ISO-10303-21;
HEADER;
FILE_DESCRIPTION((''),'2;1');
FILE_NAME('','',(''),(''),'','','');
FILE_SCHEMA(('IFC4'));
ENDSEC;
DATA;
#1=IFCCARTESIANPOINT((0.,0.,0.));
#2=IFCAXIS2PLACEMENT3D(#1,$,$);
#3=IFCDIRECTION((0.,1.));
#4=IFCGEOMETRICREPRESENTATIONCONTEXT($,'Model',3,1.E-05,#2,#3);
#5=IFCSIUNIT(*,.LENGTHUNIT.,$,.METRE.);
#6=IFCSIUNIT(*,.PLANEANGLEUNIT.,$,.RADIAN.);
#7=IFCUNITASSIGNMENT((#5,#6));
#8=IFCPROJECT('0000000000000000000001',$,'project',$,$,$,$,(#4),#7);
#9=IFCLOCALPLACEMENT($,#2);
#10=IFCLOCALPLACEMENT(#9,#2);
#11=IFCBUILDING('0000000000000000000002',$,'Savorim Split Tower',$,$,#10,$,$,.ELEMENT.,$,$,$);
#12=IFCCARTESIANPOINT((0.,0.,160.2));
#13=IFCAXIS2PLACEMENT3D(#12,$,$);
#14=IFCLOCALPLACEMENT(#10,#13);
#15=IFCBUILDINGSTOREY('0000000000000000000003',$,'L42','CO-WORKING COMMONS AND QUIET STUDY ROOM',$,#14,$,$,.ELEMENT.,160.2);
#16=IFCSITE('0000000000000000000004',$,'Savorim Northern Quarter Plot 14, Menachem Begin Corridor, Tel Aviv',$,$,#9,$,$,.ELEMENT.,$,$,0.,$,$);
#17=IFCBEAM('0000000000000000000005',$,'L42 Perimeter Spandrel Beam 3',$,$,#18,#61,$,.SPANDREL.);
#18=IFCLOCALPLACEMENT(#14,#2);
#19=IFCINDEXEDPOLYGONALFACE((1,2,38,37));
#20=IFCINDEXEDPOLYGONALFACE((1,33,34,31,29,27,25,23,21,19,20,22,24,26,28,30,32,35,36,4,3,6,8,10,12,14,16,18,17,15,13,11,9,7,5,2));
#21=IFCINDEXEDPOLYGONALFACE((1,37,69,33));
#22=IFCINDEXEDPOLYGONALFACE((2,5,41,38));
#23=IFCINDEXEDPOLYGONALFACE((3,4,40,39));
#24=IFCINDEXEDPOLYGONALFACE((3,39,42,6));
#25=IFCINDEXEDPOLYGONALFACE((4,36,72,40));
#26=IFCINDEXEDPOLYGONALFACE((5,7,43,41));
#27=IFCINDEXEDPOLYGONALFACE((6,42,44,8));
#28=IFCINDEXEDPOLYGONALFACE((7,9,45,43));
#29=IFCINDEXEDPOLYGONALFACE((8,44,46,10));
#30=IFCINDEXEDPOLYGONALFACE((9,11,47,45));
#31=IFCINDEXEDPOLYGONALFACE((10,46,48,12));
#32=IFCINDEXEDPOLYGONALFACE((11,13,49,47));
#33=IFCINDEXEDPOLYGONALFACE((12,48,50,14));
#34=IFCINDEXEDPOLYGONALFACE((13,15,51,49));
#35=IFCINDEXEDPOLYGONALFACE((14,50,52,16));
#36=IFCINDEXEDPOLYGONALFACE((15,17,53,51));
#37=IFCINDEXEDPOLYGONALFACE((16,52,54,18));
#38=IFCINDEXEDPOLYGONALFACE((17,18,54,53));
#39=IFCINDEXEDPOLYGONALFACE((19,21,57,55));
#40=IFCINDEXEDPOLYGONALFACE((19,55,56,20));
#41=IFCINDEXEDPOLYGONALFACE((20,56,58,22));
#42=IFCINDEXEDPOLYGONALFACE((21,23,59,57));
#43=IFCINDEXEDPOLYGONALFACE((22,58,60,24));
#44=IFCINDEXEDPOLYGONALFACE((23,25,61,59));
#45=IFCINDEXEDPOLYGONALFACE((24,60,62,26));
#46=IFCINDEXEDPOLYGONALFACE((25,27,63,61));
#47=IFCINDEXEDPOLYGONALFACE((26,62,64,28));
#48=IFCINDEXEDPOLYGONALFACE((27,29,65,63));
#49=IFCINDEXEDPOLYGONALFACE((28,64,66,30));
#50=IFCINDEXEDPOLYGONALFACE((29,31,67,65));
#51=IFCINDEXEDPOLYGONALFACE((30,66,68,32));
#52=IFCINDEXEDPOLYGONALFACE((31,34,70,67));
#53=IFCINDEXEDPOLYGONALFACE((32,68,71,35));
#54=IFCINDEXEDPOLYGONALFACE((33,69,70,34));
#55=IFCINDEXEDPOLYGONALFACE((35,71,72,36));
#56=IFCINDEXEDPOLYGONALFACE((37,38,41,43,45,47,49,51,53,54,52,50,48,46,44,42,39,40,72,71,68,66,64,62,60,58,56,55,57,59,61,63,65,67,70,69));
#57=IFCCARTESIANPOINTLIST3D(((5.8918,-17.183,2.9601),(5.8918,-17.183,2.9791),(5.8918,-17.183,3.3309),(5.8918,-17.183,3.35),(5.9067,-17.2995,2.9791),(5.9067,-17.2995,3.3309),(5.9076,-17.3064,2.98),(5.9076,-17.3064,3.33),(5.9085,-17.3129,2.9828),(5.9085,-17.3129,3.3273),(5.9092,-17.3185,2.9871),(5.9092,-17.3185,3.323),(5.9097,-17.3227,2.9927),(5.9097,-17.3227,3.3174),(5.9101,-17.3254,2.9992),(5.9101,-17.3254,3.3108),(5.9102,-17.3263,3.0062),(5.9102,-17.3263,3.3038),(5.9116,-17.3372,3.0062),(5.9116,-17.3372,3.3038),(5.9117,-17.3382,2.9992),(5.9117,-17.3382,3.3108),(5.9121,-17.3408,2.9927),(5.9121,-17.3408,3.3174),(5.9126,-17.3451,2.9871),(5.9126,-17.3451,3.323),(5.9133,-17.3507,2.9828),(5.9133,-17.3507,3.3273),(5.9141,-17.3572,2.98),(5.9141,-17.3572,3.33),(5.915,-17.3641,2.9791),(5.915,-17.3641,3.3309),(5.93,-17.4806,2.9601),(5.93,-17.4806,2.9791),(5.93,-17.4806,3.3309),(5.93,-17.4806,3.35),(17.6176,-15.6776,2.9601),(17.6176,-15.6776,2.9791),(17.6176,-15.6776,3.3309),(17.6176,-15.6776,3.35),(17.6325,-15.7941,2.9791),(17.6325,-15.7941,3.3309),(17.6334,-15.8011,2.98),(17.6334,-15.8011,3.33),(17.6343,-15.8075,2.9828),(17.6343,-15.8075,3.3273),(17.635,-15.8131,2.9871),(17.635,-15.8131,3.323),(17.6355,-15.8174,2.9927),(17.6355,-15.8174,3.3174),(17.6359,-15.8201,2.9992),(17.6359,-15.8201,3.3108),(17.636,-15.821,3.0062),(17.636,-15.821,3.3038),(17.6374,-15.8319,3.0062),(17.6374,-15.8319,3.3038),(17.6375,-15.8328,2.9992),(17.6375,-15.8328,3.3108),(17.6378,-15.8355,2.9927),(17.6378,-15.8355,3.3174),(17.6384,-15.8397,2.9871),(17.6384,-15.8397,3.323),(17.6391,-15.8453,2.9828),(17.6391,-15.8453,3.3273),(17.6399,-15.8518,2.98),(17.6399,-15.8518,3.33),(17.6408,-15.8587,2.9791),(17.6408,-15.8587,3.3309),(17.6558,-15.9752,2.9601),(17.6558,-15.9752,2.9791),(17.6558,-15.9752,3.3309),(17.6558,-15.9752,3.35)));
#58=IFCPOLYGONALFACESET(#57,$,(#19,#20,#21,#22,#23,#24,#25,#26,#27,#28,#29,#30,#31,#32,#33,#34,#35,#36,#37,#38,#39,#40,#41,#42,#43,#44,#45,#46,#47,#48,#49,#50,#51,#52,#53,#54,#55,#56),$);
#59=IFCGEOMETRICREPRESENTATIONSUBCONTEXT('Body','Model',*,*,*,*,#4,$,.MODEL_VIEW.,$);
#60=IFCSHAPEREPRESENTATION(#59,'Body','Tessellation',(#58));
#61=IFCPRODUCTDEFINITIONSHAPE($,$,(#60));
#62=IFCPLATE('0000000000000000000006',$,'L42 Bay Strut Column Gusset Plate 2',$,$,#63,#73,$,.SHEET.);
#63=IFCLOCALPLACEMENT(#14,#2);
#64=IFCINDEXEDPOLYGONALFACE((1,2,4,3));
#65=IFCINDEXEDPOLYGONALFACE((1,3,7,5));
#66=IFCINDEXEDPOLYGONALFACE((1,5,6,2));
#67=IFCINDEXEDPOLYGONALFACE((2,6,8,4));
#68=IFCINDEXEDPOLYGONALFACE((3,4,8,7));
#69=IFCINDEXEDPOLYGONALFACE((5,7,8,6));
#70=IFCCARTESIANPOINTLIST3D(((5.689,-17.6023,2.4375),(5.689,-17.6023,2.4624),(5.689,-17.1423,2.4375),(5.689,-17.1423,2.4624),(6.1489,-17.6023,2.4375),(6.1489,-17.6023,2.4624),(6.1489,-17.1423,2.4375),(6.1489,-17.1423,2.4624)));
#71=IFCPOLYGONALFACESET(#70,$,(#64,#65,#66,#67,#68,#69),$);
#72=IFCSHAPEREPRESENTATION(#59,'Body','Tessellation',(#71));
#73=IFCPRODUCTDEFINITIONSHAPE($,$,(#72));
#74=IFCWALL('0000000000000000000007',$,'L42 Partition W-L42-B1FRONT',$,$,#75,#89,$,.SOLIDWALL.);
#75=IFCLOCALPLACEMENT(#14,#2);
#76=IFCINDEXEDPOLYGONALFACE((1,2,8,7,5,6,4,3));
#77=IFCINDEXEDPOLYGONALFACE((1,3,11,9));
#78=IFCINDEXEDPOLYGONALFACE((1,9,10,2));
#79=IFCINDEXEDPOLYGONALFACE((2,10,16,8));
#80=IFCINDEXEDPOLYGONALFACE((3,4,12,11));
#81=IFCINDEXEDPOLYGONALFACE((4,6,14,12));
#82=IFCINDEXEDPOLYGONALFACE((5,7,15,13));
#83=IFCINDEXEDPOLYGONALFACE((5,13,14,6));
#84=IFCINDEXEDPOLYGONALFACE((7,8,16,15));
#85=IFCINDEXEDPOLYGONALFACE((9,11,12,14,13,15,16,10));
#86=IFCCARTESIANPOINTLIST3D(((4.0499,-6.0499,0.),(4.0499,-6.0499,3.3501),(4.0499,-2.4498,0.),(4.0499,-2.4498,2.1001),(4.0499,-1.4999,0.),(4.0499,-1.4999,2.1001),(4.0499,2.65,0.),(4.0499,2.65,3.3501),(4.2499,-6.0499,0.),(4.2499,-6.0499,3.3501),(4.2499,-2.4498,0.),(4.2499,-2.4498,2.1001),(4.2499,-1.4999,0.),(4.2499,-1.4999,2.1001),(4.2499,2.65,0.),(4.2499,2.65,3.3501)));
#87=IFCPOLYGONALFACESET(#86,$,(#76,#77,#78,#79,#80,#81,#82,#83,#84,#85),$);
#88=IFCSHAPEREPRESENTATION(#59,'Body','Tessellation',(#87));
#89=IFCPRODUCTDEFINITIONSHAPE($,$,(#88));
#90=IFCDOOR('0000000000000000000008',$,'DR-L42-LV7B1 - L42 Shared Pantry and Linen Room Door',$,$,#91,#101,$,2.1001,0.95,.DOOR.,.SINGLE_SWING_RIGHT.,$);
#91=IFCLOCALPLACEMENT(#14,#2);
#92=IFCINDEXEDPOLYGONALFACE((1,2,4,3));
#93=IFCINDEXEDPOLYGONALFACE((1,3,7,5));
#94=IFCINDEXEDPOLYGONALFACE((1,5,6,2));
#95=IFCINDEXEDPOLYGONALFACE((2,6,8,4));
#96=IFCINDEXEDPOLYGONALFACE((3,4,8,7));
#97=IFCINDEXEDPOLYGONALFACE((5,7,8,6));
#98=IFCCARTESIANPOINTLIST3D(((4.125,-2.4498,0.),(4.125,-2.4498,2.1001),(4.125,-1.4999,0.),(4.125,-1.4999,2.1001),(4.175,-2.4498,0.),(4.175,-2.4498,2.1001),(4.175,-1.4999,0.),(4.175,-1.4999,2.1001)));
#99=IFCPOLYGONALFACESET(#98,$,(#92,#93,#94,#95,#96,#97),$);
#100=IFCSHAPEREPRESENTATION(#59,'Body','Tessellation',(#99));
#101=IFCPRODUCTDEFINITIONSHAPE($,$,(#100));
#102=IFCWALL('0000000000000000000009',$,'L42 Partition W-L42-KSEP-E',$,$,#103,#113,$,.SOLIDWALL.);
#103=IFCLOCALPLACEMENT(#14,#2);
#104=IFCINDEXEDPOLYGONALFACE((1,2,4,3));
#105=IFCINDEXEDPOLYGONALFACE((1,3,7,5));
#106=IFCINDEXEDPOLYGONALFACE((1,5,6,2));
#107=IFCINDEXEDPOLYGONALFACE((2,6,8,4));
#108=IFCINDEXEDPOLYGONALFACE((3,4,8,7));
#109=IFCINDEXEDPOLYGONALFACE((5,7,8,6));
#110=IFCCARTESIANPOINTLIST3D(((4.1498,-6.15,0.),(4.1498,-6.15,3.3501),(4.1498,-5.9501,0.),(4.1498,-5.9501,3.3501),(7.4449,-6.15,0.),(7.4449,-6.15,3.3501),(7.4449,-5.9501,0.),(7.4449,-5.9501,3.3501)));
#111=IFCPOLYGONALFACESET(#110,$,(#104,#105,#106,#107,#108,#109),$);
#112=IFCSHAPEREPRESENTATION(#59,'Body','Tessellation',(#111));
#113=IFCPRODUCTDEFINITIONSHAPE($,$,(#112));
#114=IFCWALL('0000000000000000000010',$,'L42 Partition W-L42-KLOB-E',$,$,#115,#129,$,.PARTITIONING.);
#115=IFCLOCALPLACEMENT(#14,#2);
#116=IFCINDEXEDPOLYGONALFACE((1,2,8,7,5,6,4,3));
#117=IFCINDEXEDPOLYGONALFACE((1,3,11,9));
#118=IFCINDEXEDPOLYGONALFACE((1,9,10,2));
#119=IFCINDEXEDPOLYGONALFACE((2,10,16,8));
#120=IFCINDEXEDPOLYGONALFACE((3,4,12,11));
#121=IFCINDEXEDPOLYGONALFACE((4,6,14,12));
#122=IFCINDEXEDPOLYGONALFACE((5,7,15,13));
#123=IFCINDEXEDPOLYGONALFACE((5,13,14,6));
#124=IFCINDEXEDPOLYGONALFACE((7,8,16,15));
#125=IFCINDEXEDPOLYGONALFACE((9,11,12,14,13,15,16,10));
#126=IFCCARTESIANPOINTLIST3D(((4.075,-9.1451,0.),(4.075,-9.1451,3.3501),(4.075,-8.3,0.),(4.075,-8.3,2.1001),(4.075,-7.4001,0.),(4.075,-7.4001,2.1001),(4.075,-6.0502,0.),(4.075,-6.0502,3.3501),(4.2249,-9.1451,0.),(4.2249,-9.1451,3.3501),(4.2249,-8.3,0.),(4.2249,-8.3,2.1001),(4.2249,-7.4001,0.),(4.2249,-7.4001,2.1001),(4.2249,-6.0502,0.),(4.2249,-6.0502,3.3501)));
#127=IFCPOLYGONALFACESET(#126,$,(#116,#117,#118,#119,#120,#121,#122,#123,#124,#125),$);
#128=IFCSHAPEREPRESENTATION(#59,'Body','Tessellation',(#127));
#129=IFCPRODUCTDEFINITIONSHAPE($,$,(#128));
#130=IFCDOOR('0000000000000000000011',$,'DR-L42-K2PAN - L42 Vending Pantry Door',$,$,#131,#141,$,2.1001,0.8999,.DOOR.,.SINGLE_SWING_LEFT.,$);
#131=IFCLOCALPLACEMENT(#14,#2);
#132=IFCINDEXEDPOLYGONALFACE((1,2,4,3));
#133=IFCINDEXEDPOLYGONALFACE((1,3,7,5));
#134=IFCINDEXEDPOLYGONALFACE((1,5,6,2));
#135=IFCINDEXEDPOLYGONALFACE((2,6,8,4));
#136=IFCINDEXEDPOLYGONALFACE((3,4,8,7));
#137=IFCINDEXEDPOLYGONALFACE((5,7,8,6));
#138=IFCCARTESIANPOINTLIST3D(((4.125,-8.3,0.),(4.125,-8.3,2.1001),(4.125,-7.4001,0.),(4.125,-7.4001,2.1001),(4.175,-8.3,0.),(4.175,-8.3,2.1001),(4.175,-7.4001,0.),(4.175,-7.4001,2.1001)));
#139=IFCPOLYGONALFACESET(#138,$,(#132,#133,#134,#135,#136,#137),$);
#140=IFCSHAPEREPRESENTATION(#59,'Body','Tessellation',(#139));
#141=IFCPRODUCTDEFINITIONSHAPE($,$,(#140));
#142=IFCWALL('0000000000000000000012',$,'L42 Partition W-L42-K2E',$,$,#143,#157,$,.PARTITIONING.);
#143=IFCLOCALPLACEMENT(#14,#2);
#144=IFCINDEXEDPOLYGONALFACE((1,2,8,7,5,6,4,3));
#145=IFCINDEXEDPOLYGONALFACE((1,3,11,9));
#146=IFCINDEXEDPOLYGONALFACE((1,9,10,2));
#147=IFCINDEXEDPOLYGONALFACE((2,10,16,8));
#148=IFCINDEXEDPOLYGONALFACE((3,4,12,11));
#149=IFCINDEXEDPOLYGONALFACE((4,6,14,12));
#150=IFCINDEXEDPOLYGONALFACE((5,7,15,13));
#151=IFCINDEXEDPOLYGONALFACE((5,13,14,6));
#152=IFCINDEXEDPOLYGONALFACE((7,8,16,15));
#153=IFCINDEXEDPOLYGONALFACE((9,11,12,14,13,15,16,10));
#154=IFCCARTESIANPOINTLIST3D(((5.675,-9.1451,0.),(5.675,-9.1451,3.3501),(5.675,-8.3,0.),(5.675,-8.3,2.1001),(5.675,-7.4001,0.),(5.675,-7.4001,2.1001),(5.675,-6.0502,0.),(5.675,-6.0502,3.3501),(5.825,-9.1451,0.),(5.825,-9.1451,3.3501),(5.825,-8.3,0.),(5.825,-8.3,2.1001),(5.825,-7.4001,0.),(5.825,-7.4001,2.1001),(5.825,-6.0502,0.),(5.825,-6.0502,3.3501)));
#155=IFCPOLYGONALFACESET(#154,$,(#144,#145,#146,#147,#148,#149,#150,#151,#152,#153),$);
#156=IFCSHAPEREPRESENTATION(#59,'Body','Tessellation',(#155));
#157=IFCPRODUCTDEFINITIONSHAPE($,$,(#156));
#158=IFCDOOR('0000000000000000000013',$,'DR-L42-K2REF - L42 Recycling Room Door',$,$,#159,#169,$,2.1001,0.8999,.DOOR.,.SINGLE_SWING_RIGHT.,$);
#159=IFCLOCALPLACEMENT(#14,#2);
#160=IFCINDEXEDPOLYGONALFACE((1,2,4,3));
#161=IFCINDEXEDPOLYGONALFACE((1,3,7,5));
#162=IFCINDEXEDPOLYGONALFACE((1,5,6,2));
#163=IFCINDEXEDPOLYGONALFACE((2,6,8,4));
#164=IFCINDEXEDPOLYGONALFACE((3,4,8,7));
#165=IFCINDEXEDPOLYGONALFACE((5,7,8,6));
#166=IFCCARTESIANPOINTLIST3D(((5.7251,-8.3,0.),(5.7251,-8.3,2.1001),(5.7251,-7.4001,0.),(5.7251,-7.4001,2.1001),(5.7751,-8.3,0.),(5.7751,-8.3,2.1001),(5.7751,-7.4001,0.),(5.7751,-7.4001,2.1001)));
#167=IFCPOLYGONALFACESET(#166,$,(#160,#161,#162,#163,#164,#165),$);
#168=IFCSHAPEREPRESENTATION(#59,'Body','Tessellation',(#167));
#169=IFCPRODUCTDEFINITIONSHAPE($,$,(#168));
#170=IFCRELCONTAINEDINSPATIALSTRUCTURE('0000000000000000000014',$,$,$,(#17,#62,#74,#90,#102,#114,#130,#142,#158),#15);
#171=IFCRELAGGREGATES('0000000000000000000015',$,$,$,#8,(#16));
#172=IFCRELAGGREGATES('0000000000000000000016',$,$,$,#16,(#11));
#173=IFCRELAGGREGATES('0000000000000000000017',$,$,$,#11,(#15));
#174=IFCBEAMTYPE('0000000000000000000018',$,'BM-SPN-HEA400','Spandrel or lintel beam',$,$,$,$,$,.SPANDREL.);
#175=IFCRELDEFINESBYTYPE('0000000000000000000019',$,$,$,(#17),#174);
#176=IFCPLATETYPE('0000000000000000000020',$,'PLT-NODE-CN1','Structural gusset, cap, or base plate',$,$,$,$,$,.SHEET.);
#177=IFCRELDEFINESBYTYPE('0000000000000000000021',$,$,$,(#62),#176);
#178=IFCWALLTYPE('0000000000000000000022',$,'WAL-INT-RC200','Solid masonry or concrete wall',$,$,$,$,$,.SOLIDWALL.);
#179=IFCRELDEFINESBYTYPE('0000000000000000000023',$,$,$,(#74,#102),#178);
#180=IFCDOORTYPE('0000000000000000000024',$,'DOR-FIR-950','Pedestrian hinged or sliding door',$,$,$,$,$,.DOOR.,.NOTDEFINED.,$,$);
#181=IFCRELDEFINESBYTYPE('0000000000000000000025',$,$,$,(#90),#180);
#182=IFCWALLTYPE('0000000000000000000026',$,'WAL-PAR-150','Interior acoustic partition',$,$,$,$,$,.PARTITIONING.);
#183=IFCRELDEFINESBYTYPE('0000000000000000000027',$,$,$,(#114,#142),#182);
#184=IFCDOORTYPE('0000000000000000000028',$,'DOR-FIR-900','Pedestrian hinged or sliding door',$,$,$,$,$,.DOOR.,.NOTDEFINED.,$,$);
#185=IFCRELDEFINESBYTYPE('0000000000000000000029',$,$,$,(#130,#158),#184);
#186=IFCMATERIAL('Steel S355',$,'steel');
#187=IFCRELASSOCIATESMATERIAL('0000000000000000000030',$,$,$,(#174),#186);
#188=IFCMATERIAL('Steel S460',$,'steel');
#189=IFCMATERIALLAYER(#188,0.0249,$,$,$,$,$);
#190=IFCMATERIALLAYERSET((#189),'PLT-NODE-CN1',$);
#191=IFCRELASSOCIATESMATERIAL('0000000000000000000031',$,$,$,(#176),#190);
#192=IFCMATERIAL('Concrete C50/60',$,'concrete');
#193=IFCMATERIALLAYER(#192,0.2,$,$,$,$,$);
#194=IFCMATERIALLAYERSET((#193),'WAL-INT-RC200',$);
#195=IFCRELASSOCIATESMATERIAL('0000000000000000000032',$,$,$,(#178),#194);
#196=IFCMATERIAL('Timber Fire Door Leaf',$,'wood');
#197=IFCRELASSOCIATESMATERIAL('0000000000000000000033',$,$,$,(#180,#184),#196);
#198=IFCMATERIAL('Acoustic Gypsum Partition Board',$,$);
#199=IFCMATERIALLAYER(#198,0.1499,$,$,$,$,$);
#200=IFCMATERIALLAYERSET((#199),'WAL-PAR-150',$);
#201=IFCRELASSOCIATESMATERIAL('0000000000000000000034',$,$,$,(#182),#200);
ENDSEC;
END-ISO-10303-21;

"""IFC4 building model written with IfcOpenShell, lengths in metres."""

from ifc_helpers import new_model, si_unit, direction, frame, frame_2d, origin, origin_2d, place, context, subcontext, project, spatial, rectangle, i_section, extrude, material, layer, layer_set, material_profile, profile_set, type_object, element, fill, save


model = new_model("IFC4")

# Units and contexts
model_context = context("Model", 3, precision=1e-05, world=origin(), true_north=direction((0.0, 1.0)))
body_context = subcontext(model_context, "Body", "Model", "MODEL_VIEW")
ifc_project = project(units=[si_unit("LENGTHUNIT", "METRE"), si_unit("PLANEANGLEUNIT", "RADIAN")], contexts=[model_context])

# Site, building, storey
site_placement = place(None, origin())
site = spatial("IfcSite", under=ifc_project, at=site_placement, Name="Savorim Northern Quarter Plot 14, Menachem Begin Corridor, Tel Aviv", CompositionType="ELEMENT", RefElevation=0.0)
building_placement = place(site_placement, origin())
building = spatial("IfcBuilding", under=site, at=building_placement, Name="Savorim Split Tower", CompositionType="ELEMENT")
storey_placement = place(building_placement, frame((0.0, 0.0, 160.2)))
storey = spatial("IfcBuildingStorey", under=building, at=storey_placement, Name="L42", Description="CO-WORKING COMMONS AND QUIET STUDY ROOM", CompositionType="ELEMENT", Elevation=160.2)

# Shared definitions
ifc_material_1 = material(Name="Steel S460", Category="steel")

# Beam
ifc_material_2 = material(Name="Steel S355", Category="steel")
ifc_material_profile_1 = material_profile(ifc_material_2, i_section(OverallWidth=0.3, OverallDepth=0.3899, WebThickness=0.011, FlangeThickness=0.019, FilletRadius=0.0271, at=origin_2d()), Name="HEA 400")
ifc_profile_set_1 = profile_set([ifc_material_profile_1], Name="Steel S355")
beam_type_1 = type_object("IfcBeamType", Name="BM-SPN-HEA400", Description="Spandrel or lintel beam", PredefinedType="SPANDREL", material=ifc_profile_set_1)
beam_1_placement = place(storey_placement, frame((5.9109, -17.3318, 3.155), z_axis=(0.99186, 0.127336, 0.0), x_axis=(-0.127336, 0.99186, 0.0)))
element("IfcBeam", 1, at=beam_1_placement, inside=storey, type_object=beam_type_1, Name="L42 Perimeter Spandrel Beam 3", PredefinedType="SPANDREL", context=body_context, shape_type="SweptSolid", body=[
    extrude(i_section(OverallWidth=0.3, OverallDepth=0.3899, WebThickness=0.011, FlangeThickness=0.019, FilletRadius=0.0271, at=origin_2d()), origin(), (0.0, 0.0, 1.0), 11.822),
])

# Plate
ifc_layer_1 = layer(ifc_material_1, 0.0249)
ifc_layer_set_1 = layer_set([ifc_layer_1], Name="PLT-NODE-CN1")
plate_type = type_object("IfcPlateType", Name="PLT-NODE-CN1", Description="Structural gusset, cap, or base plate", PredefinedType="SHEET", material=ifc_layer_set_1)
plate_placement = place(storey_placement, frame((5.9189, -17.3723, 2.4375), z_axis=(0.0, 0.0, 1.0), x_axis=(1.0, 0.0, 0.0)))
element("IfcPlate", 2, at=plate_placement, inside=storey, type_object=plate_type, Name="L42 Bay Strut Column Gusset Plate 2", PredefinedType="SHEET", context=body_context, shape_type="SweptSolid", body=[
    extrude(rectangle(XDim=0.46, YDim=0.46, at=origin_2d()), origin(), (0.0, 0.0, 1.0), 0.0249),
])

# Wall, opening, door
ifc_material_3 = material(Name="Concrete C50/60", Category="concrete")
ifc_layer_2 = layer(ifc_material_3, 0.2)
ifc_layer_set_2 = layer_set([ifc_layer_2], Name="WAL-INT-RC200")
wall_type_1 = type_object("IfcWallType", Name="WAL-INT-RC200", Description="Solid masonry or concrete wall", PredefinedType="SOLIDWALL", material=ifc_layer_set_2)
wall_1_placement = place(storey_placement, frame((4.1499, -6.05, 0.0), z_axis=(0.0, 0.0, 1.0), x_axis=(0.0, 1.0, 0.0)))
wall_1 = element("IfcWall", 3, at=wall_1_placement, inside=storey, type_object=wall_type_1, Name="L42 Partition W-L42-B1FRONT", PredefinedType="SOLIDWALL", context=body_context, shape_type="SweptSolid", body=[
    extrude(rectangle(XDim=8.7, YDim=0.2, at=frame_2d((4.3501, 0.0))), origin(), (0.0, 0.0, 1.0), 3.3501),
])
opening_1_placement = place(wall_1_placement, frame((3.6001, 0.0, 0.0)))
opening_1 = element("IfcOpeningElement", 4, at=opening_1_placement, cuts=wall_1, PredefinedType="OPENING", context=body_context, shape_type="SweptSolid", body=[
    extrude(rectangle(XDim=0.95, YDim=2.1001, at=frame_2d((0.4751, 1.05))), frame((0.0, 0.1099, 0.0), z_axis=(0.0, -1.0, 0.0), x_axis=(1.0, 0.0, 0.0)), (0.0, 0.0, 1.0), 0.22),
])
ifc_material_4 = material(Name="Timber Fire Door Leaf", Category="wood")
door_type_1 = type_object("IfcDoorType", Name="DOR-FIR-950", Description="Pedestrian hinged or sliding door", OperationType="NOTDEFINED", PredefinedType="DOOR", material=ifc_material_4)
door_1_placement = place(opening_1_placement, origin())
door_1 = element("IfcDoor", 5, at=door_1_placement, inside=storey, type_object=door_type_1, Name="DR-L42-LV7B1 - L42 Shared Pantry and Linen Room Door", OperationType="SINGLE_SWING_RIGHT", OverallHeight=2.1001, OverallWidth=0.95, PredefinedType="DOOR", context=body_context, shape_type="SweptSolid", body=[
    extrude(rectangle(XDim=0.95, YDim=2.1001, at=frame_2d((0.4751, 1.05))), frame((0.0, 0.0249, 0.0), z_axis=(0.0, -1.0, 0.0), x_axis=(1.0, 0.0, 0.0)), (0.0, 0.0, 1.0), 0.05),
])
fill(opening_1, door_1)

# Wall
wall_2_placement = place(storey_placement, frame((4.1499, -6.05, 0.0), z_axis=(0.0, 0.0, 1.0), x_axis=(1.0, 0.0, 0.0)))
element("IfcWall", 6, at=wall_2_placement, inside=storey, type_object=wall_type_1, Name="L42 Partition W-L42-KSEP-E", PredefinedType="SOLIDWALL", context=body_context, shape_type="SweptSolid", body=[
    extrude(rectangle(XDim=3.2952, YDim=0.2, at=frame_2d((1.6475, 0.0))), origin(), (0.0, 0.0, 1.0), 3.3501),
])

# Walls, openings, doors
ifc_material_5 = material(Name="Acoustic Gypsum Partition Board")
ifc_layer_3 = layer(ifc_material_5, 0.1499)
ifc_layer_set_3 = layer_set([ifc_layer_3], Name="WAL-PAR-150")
wall_type_2 = type_object("IfcWallType", Name="WAL-PAR-150", Description="Interior acoustic partition", PredefinedType="PARTITIONING", material=ifc_layer_set_3)
wall_3_placement = place(storey_placement, frame((4.1499, -9.145, 0.0), z_axis=(0.0, 0.0, 1.0), x_axis=(0.0, 1.0, 0.0)))
wall_3 = element("IfcWall", 7, at=wall_3_placement, inside=storey, type_object=wall_type_2, Name="L42 Partition W-L42-KLOB-E", PredefinedType="PARTITIONING", context=body_context, shape_type="SweptSolid", body=[
    extrude(rectangle(XDim=3.095, YDim=0.1499, at=frame_2d((1.5474, 0.0))), origin(), (0.0, 0.0, 1.0), 3.3501),
])
opening_2_placement = place(wall_3_placement, frame((0.845, 0.0, 0.0)))
opening_2 = element("IfcOpeningElement", 8, at=opening_2_placement, cuts=wall_3, PredefinedType="OPENING", context=body_context, shape_type="SweptSolid", body=[
    extrude(rectangle(XDim=0.8999, YDim=2.1001, at=frame_2d((0.45, 1.05))), frame((0.0, 0.085, 0.0), z_axis=(0.0, -1.0, 0.0), x_axis=(1.0, 0.0, 0.0)), (0.0, 0.0, 1.0), 0.1699),
])
door_type_2 = type_object("IfcDoorType", Name="DOR-FIR-900", Description="Pedestrian hinged or sliding door", OperationType="NOTDEFINED", PredefinedType="DOOR", material=ifc_material_4)
door_2_placement = place(opening_2_placement, origin())
door_2 = element("IfcDoor", 9, at=door_2_placement, inside=storey, type_object=door_type_2, Name="DR-L42-K2PAN - L42 Vending Pantry Door", OperationType="SINGLE_SWING_LEFT", OverallHeight=2.1001, OverallWidth=0.8999, PredefinedType="DOOR", context=body_context, shape_type="SweptSolid", body=[
    extrude(rectangle(XDim=0.8999, YDim=2.1001, at=frame_2d((0.45, 1.05))), frame((0.0, 0.0249, 0.0), z_axis=(0.0, -1.0, 0.0), x_axis=(1.0, 0.0, 0.0)), (0.0, 0.0, 1.0), 0.05),
])
fill(opening_2, door_2)
wall_4_placement = place(storey_placement, frame((5.75, -9.145, 0.0), z_axis=(0.0, 0.0, 1.0), x_axis=(0.0, 1.0, 0.0)))
wall_4 = element("IfcWall", 10, at=wall_4_placement, inside=storey, type_object=wall_type_2, Name="L42 Partition W-L42-K2E", PredefinedType="PARTITIONING", context=body_context, shape_type="SweptSolid", body=[
    extrude(rectangle(XDim=3.095, YDim=0.1499, at=frame_2d((1.5474, 0.0))), origin(), (0.0, 0.0, 1.0), 3.3501),
])
opening_3_placement = place(wall_4_placement, frame((0.845, 0.0, 0.0)))
opening_3 = element("IfcOpeningElement", 11, at=opening_3_placement, cuts=wall_4, PredefinedType="OPENING", context=body_context, shape_type="SweptSolid", body=[
    extrude(rectangle(XDim=0.8999, YDim=2.1001, at=frame_2d((0.45, 1.05))), frame((0.0, 0.085, 0.0), z_axis=(0.0, -1.0, 0.0), x_axis=(1.0, 0.0, 0.0)), (0.0, 0.0, 1.0), 0.1699),
])
door_3_placement = place(opening_3_placement, origin())
door_3 = element("IfcDoor", 12, at=door_3_placement, inside=storey, type_object=door_type_2, Name="DR-L42-K2REF - L42 Recycling Room Door", OperationType="SINGLE_SWING_RIGHT", OverallHeight=2.1001, OverallWidth=0.8999, PredefinedType="DOOR", context=body_context, shape_type="SweptSolid", body=[
    extrude(rectangle(XDim=0.8999, YDim=2.1001, at=frame_2d((0.45, 1.05))), frame((0.0, 0.0249, 0.0), z_axis=(0.0, -1.0, 0.0), x_axis=(1.0, 0.0, 0.0)), (0.0, 0.0, 1.0), 0.05),
])
fill(opening_3, door_3)

save(model, "model.ifc")
